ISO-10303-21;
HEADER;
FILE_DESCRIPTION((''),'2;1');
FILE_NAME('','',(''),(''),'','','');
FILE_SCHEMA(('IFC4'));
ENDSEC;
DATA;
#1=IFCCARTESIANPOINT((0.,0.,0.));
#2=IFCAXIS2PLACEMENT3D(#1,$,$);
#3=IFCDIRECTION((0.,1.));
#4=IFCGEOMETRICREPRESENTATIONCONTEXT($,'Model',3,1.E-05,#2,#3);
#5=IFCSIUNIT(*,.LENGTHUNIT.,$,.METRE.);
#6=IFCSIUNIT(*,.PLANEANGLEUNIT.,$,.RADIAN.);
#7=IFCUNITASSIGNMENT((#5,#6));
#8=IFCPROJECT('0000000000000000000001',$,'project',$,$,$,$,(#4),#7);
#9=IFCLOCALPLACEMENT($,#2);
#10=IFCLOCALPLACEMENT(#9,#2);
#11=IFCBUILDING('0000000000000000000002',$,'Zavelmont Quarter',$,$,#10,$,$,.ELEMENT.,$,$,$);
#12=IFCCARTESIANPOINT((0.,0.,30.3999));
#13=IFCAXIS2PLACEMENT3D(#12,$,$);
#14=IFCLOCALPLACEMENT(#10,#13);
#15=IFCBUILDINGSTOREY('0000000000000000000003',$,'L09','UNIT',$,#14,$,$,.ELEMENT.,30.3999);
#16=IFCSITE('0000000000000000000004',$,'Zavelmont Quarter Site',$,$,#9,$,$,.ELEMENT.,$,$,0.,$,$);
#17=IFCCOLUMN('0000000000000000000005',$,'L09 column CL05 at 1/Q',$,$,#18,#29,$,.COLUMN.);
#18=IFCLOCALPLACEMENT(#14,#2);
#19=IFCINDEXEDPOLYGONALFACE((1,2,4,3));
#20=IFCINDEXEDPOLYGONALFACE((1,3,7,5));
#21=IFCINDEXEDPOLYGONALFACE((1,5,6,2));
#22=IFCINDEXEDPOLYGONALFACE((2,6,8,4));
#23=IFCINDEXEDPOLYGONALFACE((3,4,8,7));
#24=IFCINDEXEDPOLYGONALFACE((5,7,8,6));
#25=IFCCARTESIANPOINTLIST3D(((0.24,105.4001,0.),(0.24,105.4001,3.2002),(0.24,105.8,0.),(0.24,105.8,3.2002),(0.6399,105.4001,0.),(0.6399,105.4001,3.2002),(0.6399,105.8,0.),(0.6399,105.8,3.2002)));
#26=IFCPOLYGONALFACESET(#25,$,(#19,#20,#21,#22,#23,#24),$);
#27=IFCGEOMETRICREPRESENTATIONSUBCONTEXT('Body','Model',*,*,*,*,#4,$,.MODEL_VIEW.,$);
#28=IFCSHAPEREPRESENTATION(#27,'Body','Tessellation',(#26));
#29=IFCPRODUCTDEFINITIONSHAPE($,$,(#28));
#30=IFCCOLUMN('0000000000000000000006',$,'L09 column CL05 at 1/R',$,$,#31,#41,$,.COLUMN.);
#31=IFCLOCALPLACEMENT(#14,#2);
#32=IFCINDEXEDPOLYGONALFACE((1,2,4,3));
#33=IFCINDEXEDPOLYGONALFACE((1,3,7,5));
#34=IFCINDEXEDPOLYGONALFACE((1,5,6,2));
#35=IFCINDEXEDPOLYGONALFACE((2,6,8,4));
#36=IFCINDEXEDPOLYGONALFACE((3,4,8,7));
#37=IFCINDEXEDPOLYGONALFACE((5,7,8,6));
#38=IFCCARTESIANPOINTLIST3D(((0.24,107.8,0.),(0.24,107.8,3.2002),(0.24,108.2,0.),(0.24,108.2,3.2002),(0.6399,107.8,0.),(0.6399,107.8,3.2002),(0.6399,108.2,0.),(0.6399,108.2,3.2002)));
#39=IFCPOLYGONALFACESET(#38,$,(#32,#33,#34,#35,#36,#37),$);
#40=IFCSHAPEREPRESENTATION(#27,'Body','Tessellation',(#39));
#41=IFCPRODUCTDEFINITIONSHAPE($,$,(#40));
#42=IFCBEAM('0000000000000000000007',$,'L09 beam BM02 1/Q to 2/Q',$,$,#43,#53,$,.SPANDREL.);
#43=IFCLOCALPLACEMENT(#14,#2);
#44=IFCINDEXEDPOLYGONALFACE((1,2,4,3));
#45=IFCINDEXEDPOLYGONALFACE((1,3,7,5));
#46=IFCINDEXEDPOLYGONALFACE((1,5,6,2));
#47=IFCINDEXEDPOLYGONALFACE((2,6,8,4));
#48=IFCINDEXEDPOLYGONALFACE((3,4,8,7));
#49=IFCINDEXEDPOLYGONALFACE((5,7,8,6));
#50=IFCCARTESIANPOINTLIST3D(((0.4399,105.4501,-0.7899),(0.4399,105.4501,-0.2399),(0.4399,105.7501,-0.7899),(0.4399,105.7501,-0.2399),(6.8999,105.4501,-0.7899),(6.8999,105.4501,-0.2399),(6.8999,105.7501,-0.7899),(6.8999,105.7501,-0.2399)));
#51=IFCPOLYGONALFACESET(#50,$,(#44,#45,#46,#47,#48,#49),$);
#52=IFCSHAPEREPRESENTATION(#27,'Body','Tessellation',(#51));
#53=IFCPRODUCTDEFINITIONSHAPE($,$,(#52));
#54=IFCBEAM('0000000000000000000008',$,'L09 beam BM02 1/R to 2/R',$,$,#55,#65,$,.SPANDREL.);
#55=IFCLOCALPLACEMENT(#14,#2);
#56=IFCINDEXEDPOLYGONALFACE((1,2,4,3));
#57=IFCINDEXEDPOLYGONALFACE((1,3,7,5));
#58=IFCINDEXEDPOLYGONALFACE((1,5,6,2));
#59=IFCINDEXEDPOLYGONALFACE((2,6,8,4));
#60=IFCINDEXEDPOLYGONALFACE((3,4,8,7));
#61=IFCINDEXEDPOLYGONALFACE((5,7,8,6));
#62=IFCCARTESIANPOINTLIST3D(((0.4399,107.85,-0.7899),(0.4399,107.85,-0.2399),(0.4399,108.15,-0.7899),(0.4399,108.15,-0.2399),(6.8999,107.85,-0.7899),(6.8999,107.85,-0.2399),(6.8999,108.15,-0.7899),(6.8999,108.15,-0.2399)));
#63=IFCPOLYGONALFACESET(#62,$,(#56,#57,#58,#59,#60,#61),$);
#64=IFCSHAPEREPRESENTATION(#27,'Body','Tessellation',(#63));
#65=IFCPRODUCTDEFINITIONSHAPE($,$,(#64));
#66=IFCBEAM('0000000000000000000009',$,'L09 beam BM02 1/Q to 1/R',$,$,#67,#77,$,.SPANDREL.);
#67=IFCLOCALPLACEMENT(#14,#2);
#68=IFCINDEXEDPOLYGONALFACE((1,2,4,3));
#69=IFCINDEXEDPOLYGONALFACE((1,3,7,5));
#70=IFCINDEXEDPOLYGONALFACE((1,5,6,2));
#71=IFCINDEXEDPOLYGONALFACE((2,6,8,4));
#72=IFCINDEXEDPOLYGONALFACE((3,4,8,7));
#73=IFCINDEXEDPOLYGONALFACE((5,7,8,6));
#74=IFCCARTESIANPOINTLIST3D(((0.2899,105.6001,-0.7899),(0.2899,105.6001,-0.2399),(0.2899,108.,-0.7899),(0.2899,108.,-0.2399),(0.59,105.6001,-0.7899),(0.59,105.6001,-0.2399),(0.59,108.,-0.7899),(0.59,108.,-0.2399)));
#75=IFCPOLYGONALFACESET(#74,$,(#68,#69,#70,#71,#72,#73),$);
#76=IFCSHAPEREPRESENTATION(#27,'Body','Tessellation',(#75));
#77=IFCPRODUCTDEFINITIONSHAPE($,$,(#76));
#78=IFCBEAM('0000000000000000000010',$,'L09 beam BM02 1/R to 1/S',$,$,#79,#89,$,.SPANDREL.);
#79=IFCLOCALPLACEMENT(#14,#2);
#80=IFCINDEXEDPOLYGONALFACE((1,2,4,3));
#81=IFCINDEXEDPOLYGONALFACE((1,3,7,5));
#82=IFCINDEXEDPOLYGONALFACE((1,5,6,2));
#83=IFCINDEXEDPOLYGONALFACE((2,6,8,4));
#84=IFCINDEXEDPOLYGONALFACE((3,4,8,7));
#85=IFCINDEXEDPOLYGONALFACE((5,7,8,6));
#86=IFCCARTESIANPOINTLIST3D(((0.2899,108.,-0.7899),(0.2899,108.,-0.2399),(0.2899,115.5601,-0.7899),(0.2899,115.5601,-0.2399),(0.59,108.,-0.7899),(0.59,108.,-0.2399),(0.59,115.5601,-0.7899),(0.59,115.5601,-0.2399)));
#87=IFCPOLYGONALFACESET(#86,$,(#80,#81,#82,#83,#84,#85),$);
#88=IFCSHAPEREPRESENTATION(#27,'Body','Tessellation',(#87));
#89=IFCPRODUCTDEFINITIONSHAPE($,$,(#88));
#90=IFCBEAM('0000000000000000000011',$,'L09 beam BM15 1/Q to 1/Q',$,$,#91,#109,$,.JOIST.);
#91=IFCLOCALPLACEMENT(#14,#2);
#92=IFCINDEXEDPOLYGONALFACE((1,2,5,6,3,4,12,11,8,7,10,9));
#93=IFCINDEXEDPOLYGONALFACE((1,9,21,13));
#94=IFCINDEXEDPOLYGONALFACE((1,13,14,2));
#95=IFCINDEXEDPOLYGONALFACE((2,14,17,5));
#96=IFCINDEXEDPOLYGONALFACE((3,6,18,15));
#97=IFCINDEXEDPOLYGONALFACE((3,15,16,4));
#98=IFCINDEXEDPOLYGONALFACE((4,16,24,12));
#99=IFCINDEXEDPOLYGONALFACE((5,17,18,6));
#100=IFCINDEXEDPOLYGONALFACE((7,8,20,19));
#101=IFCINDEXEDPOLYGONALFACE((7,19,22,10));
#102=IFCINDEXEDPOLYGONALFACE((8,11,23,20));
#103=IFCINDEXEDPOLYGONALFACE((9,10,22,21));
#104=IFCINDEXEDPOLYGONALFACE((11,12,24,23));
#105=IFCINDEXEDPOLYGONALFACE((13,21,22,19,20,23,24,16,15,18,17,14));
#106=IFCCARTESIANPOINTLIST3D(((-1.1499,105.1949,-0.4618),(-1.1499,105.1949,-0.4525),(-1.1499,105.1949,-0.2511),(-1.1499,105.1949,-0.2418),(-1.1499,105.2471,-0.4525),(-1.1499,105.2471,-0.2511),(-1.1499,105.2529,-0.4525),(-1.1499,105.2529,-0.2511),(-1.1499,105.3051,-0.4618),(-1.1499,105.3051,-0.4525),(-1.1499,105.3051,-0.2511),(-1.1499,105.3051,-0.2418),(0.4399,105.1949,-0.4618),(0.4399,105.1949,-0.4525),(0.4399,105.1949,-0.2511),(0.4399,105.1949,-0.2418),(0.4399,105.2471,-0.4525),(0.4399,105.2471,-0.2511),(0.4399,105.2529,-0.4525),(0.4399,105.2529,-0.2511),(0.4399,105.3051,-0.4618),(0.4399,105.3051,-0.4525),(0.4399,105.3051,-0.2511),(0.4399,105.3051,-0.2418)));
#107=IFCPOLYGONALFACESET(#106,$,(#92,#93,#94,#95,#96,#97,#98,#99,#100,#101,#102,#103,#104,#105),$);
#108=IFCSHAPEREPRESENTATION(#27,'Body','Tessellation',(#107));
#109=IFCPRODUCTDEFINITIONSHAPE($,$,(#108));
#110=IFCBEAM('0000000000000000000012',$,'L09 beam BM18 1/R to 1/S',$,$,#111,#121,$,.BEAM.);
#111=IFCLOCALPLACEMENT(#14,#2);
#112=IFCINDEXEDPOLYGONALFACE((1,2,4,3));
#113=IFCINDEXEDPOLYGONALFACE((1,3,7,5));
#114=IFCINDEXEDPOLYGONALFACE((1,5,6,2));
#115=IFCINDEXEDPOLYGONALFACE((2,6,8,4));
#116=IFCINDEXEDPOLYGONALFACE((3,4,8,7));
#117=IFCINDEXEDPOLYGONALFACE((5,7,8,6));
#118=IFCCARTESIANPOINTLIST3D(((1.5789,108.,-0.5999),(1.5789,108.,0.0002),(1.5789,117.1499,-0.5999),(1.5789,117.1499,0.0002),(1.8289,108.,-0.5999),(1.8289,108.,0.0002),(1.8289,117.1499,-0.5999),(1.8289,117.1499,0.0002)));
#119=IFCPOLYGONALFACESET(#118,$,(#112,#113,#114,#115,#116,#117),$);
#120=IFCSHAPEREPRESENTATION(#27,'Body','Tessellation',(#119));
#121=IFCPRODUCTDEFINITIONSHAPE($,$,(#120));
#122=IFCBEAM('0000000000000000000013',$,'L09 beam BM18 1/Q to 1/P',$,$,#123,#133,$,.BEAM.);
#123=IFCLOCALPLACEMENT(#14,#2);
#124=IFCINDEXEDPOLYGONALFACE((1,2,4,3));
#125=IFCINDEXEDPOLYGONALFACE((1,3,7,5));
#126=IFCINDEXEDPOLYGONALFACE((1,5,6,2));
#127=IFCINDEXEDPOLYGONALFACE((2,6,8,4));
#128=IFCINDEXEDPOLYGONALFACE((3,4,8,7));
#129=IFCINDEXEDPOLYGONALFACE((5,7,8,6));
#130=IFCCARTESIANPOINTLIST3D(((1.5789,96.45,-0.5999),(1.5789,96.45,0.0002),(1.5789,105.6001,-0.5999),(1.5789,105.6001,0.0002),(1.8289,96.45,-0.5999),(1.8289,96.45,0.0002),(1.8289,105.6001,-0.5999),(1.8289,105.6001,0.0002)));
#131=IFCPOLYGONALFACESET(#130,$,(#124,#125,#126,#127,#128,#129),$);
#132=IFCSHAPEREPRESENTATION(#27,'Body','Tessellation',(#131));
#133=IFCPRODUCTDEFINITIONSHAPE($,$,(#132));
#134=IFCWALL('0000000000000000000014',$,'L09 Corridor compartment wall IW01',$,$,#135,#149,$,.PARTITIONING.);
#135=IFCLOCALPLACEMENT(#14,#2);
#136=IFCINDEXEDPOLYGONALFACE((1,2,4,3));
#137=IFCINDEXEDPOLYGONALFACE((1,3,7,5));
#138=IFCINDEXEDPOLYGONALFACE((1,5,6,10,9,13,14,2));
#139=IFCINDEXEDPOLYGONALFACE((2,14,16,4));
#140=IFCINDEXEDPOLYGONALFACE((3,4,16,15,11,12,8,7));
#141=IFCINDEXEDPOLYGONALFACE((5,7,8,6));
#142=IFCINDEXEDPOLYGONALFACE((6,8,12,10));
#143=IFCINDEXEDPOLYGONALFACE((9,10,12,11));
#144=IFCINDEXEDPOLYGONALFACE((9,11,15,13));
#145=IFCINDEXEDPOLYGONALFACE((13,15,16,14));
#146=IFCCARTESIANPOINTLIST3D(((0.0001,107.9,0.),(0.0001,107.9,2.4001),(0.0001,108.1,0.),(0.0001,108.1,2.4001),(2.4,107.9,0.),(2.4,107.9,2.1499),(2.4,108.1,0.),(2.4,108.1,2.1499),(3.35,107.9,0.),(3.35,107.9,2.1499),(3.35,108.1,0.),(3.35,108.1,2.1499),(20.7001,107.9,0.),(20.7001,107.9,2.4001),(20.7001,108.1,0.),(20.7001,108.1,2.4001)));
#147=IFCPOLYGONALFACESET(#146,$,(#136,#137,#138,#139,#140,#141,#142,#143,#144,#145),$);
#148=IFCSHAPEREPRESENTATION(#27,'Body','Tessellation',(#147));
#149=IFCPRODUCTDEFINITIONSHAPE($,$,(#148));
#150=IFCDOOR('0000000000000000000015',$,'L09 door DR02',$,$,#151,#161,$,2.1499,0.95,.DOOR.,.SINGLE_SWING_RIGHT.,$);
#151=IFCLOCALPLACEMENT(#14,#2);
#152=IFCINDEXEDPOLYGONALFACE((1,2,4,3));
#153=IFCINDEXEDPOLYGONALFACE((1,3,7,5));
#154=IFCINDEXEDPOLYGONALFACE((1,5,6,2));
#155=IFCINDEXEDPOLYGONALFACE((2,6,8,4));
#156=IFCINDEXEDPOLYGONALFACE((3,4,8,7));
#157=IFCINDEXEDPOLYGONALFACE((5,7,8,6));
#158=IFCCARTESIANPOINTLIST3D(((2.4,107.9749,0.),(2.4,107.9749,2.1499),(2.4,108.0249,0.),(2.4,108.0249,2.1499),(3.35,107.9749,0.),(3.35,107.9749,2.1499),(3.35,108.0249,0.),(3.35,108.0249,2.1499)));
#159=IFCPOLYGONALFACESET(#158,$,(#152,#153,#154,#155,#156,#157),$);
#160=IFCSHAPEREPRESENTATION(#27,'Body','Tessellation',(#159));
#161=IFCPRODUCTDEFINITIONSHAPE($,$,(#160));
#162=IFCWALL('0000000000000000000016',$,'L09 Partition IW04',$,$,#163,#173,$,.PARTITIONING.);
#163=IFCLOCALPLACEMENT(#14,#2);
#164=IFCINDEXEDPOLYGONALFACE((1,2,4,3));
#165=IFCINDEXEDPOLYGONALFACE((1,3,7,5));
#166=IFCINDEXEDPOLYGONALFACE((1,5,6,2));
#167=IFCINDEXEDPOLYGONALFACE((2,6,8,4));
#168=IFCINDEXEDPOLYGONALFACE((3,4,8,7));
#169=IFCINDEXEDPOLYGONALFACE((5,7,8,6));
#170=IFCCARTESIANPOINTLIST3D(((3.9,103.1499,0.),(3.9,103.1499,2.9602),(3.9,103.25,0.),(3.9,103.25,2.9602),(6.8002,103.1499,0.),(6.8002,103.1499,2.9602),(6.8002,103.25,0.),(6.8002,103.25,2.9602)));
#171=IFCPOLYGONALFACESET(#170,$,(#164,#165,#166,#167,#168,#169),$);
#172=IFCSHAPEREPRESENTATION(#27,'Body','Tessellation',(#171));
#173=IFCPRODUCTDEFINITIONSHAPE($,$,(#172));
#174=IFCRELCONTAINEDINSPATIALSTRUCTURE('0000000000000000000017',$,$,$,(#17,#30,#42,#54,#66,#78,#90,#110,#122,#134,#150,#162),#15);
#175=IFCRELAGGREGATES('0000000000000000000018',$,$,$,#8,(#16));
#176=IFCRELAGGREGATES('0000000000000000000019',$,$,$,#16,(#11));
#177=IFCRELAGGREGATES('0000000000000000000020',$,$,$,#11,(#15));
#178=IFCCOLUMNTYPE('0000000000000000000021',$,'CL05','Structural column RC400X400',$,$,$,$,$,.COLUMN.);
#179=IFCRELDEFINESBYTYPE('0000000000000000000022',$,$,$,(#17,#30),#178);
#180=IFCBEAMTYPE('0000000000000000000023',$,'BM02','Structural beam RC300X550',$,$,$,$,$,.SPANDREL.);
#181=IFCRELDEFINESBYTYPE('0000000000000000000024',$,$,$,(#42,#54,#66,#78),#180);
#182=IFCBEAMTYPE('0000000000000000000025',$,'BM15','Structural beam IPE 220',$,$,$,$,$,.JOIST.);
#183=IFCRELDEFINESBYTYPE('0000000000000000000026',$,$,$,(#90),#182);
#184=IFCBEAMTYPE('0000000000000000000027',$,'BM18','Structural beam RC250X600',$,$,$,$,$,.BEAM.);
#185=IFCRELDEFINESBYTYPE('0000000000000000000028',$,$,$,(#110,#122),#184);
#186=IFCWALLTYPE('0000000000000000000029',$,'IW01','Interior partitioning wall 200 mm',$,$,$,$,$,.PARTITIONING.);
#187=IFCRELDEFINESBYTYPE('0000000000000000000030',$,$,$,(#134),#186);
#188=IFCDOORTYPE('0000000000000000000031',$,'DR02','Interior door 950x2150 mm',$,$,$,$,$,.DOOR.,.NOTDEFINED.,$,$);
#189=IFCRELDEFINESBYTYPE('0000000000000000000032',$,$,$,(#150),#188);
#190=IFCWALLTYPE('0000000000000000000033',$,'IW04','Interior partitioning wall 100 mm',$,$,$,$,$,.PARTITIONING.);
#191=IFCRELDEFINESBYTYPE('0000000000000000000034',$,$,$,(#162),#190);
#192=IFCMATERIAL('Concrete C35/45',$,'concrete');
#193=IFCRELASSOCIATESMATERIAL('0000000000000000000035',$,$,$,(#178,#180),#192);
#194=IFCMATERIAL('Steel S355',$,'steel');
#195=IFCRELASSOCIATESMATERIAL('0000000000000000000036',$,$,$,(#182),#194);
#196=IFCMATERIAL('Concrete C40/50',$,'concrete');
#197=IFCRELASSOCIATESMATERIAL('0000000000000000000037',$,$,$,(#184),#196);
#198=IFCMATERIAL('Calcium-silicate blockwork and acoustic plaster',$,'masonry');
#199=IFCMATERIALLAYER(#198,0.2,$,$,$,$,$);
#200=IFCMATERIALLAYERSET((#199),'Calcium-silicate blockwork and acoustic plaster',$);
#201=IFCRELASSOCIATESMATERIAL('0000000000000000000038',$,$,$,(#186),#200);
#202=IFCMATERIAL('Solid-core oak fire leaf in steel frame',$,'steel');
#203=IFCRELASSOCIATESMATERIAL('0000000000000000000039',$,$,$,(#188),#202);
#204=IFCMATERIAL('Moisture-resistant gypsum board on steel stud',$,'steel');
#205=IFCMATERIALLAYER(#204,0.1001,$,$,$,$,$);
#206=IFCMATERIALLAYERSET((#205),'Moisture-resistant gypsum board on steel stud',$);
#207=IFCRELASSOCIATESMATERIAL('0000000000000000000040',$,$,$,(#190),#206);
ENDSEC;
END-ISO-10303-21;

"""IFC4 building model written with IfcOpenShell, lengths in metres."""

from ifc_helpers import new_model, si_unit, direction, frame, frame_2d, origin, origin_with_axes, origin_2d, place, context, subcontext, project, spatial, rectangle, i_section, extrude, material, layer, layer_set, material_profile, profile_set, type_object, element, fill, save


model = new_model("IFC4")

# Units and contexts
model_context = context("Model", 3, precision=1e-05, world=origin(), true_north=direction((0.0, 1.0)))
body_context = subcontext(model_context, "Body", "Model", "MODEL_VIEW")
ifc_project = project(units=[si_unit("LENGTHUNIT", "METRE"), si_unit("PLANEANGLEUNIT", "RADIAN")], contexts=[model_context])

# Site, building, storey
site_placement = place(None, origin())
site = spatial("IfcSite", under=ifc_project, at=site_placement, Name="Zavelmont Quarter Site", CompositionType="ELEMENT", RefElevation=0.0)
building_placement = place(site_placement, origin())
building = spatial("IfcBuilding", under=site, at=building_placement, Name="Zavelmont Quarter", CompositionType="ELEMENT")
storey_placement = place(building_placement, frame((0.0, 0.0, 30.3999)))
storey = spatial("IfcBuildingStorey", under=building, at=storey_placement, Name="L09", Description="UNIT", CompositionType="ELEMENT", Elevation=30.3999)

# Columns
ifc_material_1 = material(Name="Concrete C35/45", Category="concrete")
ifc_material_profile_1 = material_profile(ifc_material_1, rectangle(XDim=0.3999, YDim=0.3999, at=origin_2d()), Name="RC400X400")
ifc_profile_set_1 = profile_set([ifc_material_profile_1], Name="Concrete C35/45")
column_type = type_object("IfcColumnType", Name="CL05", Description="Structural column RC400X400", PredefinedType="COLUMN", material=ifc_profile_set_1)
for number, where, z_axis, x_axis, name in (
    (1, (0.4399, 105.6001, 0.0), (0.0, 0.0, 1.0), (1.0, 0.0, 0.0), "L09 column CL05 at 1/Q"),
    (2, (0.4399, 108.0, 0.0), (0.0, 0.0, 1.0), (1.0, 0.0, 0.0), "L09 column CL05 at 1/R"),
):
    element("IfcColumn", number, at=place(storey_placement, frame(where, z_axis=z_axis, x_axis=x_axis)), inside=storey, type_object=column_type, Name=name, PredefinedType="COLUMN", context=body_context, shape_type="SweptSolid", body=[
        extrude(rectangle(XDim=0.3999, YDim=0.3999, at=origin_2d()), origin(), (0.0, 0.0, 1.0), 3.2002),
    ])

# Beams
ifc_material_profile_2 = material_profile(ifc_material_1, rectangle(XDim=0.3, YDim=0.55, at=origin_2d()), Name="RC300X550")
ifc_profile_set_2 = profile_set([ifc_material_profile_2], Name="Concrete C35/45")
beam_type_1 = type_object("IfcBeamType", Name="BM02", Description="Structural beam RC300X550", PredefinedType="SPANDREL", material=ifc_profile_set_2)
for number, where, z_axis, x_axis, name in (
    (3, (0.4399, 105.6001, -0.5149), (1.0, 0.0, 0.0), (0.0, 1.0, 0.0), "L09 beam BM02 1/Q to 2/Q"),
    (4, (0.4399, 108.0, -0.5149), (1.0, 0.0, 0.0), (0.0, 1.0, 0.0), "L09 beam BM02 1/R to 2/R"),
):
    element("IfcBeam", number, at=place(storey_placement, frame(where, z_axis=z_axis, x_axis=x_axis)), inside=storey, type_object=beam_type_1, Name=name, PredefinedType="SPANDREL", context=body_context, shape_type="SweptSolid", body=[
        extrude(rectangle(XDim=0.3, YDim=0.55, at=origin_2d()), origin(), (0.0, 0.0, 1.0), 6.46),
    ])
beam_1_placement = place(storey_placement, frame((0.4399, 105.6001, -0.5149), z_axis=(0.0, 1.0, 0.0), x_axis=(-1.0, 0.0, 0.0)))
element("IfcBeam", 5, at=beam_1_placement, inside=storey, type_object=beam_type_1, Name="L09 beam BM02 1/Q to 1/R", PredefinedType="SPANDREL", context=body_context, shape_type="SweptSolid", body=[
    extrude(rectangle(XDim=0.3, YDim=0.55, at=origin_2d()), origin(), (0.0, 0.0, 1.0), 2.3999),
])
beam_2_placement = place(storey_placement, frame((0.4399, 108.0, -0.5149), z_axis=(0.0, 1.0, 0.0), x_axis=(-1.0, 0.0, 0.0)))
element("IfcBeam", 6, at=beam_2_placement, inside=storey, type_object=beam_type_1, Name="L09 beam BM02 1/R to 1/S", PredefinedType="SPANDREL", context=body_context, shape_type="SweptSolid", body=[
    extrude(rectangle(XDim=0.3, YDim=0.55, at=origin_2d()), origin(), (0.0, 0.0, 1.0), 7.5601),
])
ifc_material_2 = material(Name="Steel S355", Category="steel")
ifc_material_profile_3 = material_profile(ifc_material_2, i_section(OverallWidth=0.1101, OverallDepth=0.22, WebThickness=0.0059, FlangeThickness=0.0093, at=origin_2d()), Name="IPE 220")
ifc_profile_set_3 = profile_set([ifc_material_profile_3], Name="Steel S355")
beam_type_2 = type_object("IfcBeamType", Name="BM15", Description="Structural beam IPE 220", PredefinedType="JOIST", material=ifc_profile_set_3)
beam_3_placement = place(storey_placement, frame((0.4399, 105.25, -0.3518), z_axis=(-1.0, 0.0, 0.0), x_axis=(0.0, -1.0, 0.0)))
element("IfcBeam", 7, at=beam_3_placement, inside=storey, type_object=beam_type_2, Name="L09 beam BM15 1/Q to 1/Q", PredefinedType="JOIST", context=body_context, shape_type="SweptSolid", body=[
    extrude(i_section(OverallWidth=0.1101, OverallDepth=0.22, WebThickness=0.0059, FlangeThickness=0.0093, at=origin_2d()), origin(), (0.0, 0.0, 1.0), 1.5898),
])
ifc_material_3 = material(Name="Concrete C40/50", Category="concrete")
ifc_material_profile_4 = material_profile(ifc_material_3, rectangle(XDim=0.25, YDim=0.6001, at=origin_2d()), Name="RC250X600")
ifc_profile_set_4 = profile_set([ifc_material_profile_4], Name="Concrete C40/50")
beam_type_3 = type_object("IfcBeamType", Name="BM18", Description="Structural beam RC250X600", PredefinedType="BEAM", material=ifc_profile_set_4)
beam_4_placement = place(storey_placement, frame((1.7039, 108.0, -0.2998), z_axis=(0.0, 1.0, 0.0), x_axis=(-1.0, 0.0, 0.0)))
element("IfcBeam", 8, at=beam_4_placement, inside=storey, type_object=beam_type_3, Name="L09 beam BM18 1/R to 1/S", PredefinedType="BEAM", context=body_context, shape_type="SweptSolid", body=[
    extrude(rectangle(XDim=0.25, YDim=0.6001, at=origin_2d()), origin(), (0.0, 0.0, 1.0), 9.1499),
])
beam_5_placement = place(storey_placement, frame((1.7039, 105.6001, -0.2998), z_axis=(0.0, -1.0, 0.0), x_axis=(1.0, 0.0, 0.0)))
element("IfcBeam", 9, at=beam_5_placement, inside=storey, type_object=beam_type_3, Name="L09 beam BM18 1/Q to 1/P", PredefinedType="BEAM", context=body_context, shape_type="SweptSolid", body=[
    extrude(rectangle(XDim=0.25, YDim=0.6001, at=origin_2d()), origin(), (0.0, 0.0, 1.0), 9.1501),
])

# Wall, opening, door
ifc_material_4 = material(Name="Calcium-silicate blockwork and acoustic plaster", Category="masonry")
ifc_layer_1 = layer(ifc_material_4, 0.2)
ifc_layer_set_1 = layer_set([ifc_layer_1], Name="Calcium-silicate blockwork and acoustic plaster")
wall_type_1 = type_object("IfcWallType", Name="IW01", Description="Interior partitioning wall 200 mm", PredefinedType="PARTITIONING", material=ifc_layer_set_1)
wall_1_placement = place(storey_placement, frame((0.0, 108.0, 0.0), z_axis=(0.0, 0.0, 1.0), x_axis=(1.0, 0.0, 0.0)))
wall_1 = element("IfcWall", 10, at=wall_1_placement, inside=storey, type_object=wall_type_1, Name="L09 Corridor compartment wall IW01", PredefinedType="PARTITIONING", context=body_context, shape_type="SweptSolid", body=[
    extrude(rectangle(XDim=20.7, YDim=0.2, at=frame_2d((10.3501, 0.0))), origin(), (0.0, 0.0, 1.0), 2.4001),
])
opening_1_placement = place(wall_1_placement, frame((2.3999, 0.0, 0.0)))
opening_1 = element("IfcOpeningElement", 11, at=opening_1_placement, cuts=wall_1, PredefinedType="OPENING", context=body_context, shape_type="SweptSolid", body=[
    extrude(rectangle(XDim=0.95, YDim=2.1499, at=frame_2d((0.4751, 1.075))), frame((0.0, 0.1118, 0.0), z_axis=(0.0, -1.0, 0.0), x_axis=(1.0, 0.0, 0.0)), (0.0, 0.0, 1.0), 0.2239),
])
ifc_material_5 = material(Name="Solid-core oak fire leaf in steel frame", Category="steel")
door_type = type_object("IfcDoorType", Name="DR02", Description="Interior door 950x2150 mm", OperationType="NOTDEFINED", PredefinedType="DOOR", material=ifc_material_5)
door_1_placement = place(opening_1_placement, origin_with_axes())
door_1 = element("IfcDoor", 12, at=door_1_placement, inside=storey, type_object=door_type, Name="L09 door DR02", OperationType="SINGLE_SWING_RIGHT", OverallHeight=2.1499, OverallWidth=0.95, PredefinedType="DOOR", context=body_context, shape_type="SweptSolid", body=[
    extrude(rectangle(XDim=0.95, YDim=2.1499, at=frame_2d((0.4751, 1.075))), frame((0.0, 0.0249, 0.0), z_axis=(0.0, -1.0, 0.0), x_axis=(1.0, 0.0, 0.0)), (0.0, 0.0, 1.0), 0.05),
])
fill(opening_1, door_1)

# Wall
ifc_material_6 = material(Name="Moisture-resistant gypsum board on steel stud", Category="steel")
ifc_layer_2 = layer(ifc_material_6, 0.1001)
ifc_layer_set_2 = layer_set([ifc_layer_2], Name="Moisture-resistant gypsum board on steel stud")
wall_type_2 = type_object("IfcWallType", Name="IW04", Description="Interior partitioning wall 100 mm", PredefinedType="PARTITIONING", material=ifc_layer_set_2)
wall_2_placement = place(storey_placement, frame((3.8999, 103.2, 0.0), z_axis=(0.0, 0.0, 1.0), x_axis=(1.0, 0.0, 0.0)))
element("IfcWall", 13, at=wall_2_placement, inside=storey, type_object=wall_type_2, Name="L09 Partition IW04", PredefinedType="PARTITIONING", context=body_context, shape_type="SweptSolid", body=[
    extrude(rectangle(XDim=2.9001, YDim=0.1001, at=frame_2d((1.4502, 0.0))), origin(), (0.0, 0.0, 1.0), 2.9602),
])

save(model, "model.ifc")
